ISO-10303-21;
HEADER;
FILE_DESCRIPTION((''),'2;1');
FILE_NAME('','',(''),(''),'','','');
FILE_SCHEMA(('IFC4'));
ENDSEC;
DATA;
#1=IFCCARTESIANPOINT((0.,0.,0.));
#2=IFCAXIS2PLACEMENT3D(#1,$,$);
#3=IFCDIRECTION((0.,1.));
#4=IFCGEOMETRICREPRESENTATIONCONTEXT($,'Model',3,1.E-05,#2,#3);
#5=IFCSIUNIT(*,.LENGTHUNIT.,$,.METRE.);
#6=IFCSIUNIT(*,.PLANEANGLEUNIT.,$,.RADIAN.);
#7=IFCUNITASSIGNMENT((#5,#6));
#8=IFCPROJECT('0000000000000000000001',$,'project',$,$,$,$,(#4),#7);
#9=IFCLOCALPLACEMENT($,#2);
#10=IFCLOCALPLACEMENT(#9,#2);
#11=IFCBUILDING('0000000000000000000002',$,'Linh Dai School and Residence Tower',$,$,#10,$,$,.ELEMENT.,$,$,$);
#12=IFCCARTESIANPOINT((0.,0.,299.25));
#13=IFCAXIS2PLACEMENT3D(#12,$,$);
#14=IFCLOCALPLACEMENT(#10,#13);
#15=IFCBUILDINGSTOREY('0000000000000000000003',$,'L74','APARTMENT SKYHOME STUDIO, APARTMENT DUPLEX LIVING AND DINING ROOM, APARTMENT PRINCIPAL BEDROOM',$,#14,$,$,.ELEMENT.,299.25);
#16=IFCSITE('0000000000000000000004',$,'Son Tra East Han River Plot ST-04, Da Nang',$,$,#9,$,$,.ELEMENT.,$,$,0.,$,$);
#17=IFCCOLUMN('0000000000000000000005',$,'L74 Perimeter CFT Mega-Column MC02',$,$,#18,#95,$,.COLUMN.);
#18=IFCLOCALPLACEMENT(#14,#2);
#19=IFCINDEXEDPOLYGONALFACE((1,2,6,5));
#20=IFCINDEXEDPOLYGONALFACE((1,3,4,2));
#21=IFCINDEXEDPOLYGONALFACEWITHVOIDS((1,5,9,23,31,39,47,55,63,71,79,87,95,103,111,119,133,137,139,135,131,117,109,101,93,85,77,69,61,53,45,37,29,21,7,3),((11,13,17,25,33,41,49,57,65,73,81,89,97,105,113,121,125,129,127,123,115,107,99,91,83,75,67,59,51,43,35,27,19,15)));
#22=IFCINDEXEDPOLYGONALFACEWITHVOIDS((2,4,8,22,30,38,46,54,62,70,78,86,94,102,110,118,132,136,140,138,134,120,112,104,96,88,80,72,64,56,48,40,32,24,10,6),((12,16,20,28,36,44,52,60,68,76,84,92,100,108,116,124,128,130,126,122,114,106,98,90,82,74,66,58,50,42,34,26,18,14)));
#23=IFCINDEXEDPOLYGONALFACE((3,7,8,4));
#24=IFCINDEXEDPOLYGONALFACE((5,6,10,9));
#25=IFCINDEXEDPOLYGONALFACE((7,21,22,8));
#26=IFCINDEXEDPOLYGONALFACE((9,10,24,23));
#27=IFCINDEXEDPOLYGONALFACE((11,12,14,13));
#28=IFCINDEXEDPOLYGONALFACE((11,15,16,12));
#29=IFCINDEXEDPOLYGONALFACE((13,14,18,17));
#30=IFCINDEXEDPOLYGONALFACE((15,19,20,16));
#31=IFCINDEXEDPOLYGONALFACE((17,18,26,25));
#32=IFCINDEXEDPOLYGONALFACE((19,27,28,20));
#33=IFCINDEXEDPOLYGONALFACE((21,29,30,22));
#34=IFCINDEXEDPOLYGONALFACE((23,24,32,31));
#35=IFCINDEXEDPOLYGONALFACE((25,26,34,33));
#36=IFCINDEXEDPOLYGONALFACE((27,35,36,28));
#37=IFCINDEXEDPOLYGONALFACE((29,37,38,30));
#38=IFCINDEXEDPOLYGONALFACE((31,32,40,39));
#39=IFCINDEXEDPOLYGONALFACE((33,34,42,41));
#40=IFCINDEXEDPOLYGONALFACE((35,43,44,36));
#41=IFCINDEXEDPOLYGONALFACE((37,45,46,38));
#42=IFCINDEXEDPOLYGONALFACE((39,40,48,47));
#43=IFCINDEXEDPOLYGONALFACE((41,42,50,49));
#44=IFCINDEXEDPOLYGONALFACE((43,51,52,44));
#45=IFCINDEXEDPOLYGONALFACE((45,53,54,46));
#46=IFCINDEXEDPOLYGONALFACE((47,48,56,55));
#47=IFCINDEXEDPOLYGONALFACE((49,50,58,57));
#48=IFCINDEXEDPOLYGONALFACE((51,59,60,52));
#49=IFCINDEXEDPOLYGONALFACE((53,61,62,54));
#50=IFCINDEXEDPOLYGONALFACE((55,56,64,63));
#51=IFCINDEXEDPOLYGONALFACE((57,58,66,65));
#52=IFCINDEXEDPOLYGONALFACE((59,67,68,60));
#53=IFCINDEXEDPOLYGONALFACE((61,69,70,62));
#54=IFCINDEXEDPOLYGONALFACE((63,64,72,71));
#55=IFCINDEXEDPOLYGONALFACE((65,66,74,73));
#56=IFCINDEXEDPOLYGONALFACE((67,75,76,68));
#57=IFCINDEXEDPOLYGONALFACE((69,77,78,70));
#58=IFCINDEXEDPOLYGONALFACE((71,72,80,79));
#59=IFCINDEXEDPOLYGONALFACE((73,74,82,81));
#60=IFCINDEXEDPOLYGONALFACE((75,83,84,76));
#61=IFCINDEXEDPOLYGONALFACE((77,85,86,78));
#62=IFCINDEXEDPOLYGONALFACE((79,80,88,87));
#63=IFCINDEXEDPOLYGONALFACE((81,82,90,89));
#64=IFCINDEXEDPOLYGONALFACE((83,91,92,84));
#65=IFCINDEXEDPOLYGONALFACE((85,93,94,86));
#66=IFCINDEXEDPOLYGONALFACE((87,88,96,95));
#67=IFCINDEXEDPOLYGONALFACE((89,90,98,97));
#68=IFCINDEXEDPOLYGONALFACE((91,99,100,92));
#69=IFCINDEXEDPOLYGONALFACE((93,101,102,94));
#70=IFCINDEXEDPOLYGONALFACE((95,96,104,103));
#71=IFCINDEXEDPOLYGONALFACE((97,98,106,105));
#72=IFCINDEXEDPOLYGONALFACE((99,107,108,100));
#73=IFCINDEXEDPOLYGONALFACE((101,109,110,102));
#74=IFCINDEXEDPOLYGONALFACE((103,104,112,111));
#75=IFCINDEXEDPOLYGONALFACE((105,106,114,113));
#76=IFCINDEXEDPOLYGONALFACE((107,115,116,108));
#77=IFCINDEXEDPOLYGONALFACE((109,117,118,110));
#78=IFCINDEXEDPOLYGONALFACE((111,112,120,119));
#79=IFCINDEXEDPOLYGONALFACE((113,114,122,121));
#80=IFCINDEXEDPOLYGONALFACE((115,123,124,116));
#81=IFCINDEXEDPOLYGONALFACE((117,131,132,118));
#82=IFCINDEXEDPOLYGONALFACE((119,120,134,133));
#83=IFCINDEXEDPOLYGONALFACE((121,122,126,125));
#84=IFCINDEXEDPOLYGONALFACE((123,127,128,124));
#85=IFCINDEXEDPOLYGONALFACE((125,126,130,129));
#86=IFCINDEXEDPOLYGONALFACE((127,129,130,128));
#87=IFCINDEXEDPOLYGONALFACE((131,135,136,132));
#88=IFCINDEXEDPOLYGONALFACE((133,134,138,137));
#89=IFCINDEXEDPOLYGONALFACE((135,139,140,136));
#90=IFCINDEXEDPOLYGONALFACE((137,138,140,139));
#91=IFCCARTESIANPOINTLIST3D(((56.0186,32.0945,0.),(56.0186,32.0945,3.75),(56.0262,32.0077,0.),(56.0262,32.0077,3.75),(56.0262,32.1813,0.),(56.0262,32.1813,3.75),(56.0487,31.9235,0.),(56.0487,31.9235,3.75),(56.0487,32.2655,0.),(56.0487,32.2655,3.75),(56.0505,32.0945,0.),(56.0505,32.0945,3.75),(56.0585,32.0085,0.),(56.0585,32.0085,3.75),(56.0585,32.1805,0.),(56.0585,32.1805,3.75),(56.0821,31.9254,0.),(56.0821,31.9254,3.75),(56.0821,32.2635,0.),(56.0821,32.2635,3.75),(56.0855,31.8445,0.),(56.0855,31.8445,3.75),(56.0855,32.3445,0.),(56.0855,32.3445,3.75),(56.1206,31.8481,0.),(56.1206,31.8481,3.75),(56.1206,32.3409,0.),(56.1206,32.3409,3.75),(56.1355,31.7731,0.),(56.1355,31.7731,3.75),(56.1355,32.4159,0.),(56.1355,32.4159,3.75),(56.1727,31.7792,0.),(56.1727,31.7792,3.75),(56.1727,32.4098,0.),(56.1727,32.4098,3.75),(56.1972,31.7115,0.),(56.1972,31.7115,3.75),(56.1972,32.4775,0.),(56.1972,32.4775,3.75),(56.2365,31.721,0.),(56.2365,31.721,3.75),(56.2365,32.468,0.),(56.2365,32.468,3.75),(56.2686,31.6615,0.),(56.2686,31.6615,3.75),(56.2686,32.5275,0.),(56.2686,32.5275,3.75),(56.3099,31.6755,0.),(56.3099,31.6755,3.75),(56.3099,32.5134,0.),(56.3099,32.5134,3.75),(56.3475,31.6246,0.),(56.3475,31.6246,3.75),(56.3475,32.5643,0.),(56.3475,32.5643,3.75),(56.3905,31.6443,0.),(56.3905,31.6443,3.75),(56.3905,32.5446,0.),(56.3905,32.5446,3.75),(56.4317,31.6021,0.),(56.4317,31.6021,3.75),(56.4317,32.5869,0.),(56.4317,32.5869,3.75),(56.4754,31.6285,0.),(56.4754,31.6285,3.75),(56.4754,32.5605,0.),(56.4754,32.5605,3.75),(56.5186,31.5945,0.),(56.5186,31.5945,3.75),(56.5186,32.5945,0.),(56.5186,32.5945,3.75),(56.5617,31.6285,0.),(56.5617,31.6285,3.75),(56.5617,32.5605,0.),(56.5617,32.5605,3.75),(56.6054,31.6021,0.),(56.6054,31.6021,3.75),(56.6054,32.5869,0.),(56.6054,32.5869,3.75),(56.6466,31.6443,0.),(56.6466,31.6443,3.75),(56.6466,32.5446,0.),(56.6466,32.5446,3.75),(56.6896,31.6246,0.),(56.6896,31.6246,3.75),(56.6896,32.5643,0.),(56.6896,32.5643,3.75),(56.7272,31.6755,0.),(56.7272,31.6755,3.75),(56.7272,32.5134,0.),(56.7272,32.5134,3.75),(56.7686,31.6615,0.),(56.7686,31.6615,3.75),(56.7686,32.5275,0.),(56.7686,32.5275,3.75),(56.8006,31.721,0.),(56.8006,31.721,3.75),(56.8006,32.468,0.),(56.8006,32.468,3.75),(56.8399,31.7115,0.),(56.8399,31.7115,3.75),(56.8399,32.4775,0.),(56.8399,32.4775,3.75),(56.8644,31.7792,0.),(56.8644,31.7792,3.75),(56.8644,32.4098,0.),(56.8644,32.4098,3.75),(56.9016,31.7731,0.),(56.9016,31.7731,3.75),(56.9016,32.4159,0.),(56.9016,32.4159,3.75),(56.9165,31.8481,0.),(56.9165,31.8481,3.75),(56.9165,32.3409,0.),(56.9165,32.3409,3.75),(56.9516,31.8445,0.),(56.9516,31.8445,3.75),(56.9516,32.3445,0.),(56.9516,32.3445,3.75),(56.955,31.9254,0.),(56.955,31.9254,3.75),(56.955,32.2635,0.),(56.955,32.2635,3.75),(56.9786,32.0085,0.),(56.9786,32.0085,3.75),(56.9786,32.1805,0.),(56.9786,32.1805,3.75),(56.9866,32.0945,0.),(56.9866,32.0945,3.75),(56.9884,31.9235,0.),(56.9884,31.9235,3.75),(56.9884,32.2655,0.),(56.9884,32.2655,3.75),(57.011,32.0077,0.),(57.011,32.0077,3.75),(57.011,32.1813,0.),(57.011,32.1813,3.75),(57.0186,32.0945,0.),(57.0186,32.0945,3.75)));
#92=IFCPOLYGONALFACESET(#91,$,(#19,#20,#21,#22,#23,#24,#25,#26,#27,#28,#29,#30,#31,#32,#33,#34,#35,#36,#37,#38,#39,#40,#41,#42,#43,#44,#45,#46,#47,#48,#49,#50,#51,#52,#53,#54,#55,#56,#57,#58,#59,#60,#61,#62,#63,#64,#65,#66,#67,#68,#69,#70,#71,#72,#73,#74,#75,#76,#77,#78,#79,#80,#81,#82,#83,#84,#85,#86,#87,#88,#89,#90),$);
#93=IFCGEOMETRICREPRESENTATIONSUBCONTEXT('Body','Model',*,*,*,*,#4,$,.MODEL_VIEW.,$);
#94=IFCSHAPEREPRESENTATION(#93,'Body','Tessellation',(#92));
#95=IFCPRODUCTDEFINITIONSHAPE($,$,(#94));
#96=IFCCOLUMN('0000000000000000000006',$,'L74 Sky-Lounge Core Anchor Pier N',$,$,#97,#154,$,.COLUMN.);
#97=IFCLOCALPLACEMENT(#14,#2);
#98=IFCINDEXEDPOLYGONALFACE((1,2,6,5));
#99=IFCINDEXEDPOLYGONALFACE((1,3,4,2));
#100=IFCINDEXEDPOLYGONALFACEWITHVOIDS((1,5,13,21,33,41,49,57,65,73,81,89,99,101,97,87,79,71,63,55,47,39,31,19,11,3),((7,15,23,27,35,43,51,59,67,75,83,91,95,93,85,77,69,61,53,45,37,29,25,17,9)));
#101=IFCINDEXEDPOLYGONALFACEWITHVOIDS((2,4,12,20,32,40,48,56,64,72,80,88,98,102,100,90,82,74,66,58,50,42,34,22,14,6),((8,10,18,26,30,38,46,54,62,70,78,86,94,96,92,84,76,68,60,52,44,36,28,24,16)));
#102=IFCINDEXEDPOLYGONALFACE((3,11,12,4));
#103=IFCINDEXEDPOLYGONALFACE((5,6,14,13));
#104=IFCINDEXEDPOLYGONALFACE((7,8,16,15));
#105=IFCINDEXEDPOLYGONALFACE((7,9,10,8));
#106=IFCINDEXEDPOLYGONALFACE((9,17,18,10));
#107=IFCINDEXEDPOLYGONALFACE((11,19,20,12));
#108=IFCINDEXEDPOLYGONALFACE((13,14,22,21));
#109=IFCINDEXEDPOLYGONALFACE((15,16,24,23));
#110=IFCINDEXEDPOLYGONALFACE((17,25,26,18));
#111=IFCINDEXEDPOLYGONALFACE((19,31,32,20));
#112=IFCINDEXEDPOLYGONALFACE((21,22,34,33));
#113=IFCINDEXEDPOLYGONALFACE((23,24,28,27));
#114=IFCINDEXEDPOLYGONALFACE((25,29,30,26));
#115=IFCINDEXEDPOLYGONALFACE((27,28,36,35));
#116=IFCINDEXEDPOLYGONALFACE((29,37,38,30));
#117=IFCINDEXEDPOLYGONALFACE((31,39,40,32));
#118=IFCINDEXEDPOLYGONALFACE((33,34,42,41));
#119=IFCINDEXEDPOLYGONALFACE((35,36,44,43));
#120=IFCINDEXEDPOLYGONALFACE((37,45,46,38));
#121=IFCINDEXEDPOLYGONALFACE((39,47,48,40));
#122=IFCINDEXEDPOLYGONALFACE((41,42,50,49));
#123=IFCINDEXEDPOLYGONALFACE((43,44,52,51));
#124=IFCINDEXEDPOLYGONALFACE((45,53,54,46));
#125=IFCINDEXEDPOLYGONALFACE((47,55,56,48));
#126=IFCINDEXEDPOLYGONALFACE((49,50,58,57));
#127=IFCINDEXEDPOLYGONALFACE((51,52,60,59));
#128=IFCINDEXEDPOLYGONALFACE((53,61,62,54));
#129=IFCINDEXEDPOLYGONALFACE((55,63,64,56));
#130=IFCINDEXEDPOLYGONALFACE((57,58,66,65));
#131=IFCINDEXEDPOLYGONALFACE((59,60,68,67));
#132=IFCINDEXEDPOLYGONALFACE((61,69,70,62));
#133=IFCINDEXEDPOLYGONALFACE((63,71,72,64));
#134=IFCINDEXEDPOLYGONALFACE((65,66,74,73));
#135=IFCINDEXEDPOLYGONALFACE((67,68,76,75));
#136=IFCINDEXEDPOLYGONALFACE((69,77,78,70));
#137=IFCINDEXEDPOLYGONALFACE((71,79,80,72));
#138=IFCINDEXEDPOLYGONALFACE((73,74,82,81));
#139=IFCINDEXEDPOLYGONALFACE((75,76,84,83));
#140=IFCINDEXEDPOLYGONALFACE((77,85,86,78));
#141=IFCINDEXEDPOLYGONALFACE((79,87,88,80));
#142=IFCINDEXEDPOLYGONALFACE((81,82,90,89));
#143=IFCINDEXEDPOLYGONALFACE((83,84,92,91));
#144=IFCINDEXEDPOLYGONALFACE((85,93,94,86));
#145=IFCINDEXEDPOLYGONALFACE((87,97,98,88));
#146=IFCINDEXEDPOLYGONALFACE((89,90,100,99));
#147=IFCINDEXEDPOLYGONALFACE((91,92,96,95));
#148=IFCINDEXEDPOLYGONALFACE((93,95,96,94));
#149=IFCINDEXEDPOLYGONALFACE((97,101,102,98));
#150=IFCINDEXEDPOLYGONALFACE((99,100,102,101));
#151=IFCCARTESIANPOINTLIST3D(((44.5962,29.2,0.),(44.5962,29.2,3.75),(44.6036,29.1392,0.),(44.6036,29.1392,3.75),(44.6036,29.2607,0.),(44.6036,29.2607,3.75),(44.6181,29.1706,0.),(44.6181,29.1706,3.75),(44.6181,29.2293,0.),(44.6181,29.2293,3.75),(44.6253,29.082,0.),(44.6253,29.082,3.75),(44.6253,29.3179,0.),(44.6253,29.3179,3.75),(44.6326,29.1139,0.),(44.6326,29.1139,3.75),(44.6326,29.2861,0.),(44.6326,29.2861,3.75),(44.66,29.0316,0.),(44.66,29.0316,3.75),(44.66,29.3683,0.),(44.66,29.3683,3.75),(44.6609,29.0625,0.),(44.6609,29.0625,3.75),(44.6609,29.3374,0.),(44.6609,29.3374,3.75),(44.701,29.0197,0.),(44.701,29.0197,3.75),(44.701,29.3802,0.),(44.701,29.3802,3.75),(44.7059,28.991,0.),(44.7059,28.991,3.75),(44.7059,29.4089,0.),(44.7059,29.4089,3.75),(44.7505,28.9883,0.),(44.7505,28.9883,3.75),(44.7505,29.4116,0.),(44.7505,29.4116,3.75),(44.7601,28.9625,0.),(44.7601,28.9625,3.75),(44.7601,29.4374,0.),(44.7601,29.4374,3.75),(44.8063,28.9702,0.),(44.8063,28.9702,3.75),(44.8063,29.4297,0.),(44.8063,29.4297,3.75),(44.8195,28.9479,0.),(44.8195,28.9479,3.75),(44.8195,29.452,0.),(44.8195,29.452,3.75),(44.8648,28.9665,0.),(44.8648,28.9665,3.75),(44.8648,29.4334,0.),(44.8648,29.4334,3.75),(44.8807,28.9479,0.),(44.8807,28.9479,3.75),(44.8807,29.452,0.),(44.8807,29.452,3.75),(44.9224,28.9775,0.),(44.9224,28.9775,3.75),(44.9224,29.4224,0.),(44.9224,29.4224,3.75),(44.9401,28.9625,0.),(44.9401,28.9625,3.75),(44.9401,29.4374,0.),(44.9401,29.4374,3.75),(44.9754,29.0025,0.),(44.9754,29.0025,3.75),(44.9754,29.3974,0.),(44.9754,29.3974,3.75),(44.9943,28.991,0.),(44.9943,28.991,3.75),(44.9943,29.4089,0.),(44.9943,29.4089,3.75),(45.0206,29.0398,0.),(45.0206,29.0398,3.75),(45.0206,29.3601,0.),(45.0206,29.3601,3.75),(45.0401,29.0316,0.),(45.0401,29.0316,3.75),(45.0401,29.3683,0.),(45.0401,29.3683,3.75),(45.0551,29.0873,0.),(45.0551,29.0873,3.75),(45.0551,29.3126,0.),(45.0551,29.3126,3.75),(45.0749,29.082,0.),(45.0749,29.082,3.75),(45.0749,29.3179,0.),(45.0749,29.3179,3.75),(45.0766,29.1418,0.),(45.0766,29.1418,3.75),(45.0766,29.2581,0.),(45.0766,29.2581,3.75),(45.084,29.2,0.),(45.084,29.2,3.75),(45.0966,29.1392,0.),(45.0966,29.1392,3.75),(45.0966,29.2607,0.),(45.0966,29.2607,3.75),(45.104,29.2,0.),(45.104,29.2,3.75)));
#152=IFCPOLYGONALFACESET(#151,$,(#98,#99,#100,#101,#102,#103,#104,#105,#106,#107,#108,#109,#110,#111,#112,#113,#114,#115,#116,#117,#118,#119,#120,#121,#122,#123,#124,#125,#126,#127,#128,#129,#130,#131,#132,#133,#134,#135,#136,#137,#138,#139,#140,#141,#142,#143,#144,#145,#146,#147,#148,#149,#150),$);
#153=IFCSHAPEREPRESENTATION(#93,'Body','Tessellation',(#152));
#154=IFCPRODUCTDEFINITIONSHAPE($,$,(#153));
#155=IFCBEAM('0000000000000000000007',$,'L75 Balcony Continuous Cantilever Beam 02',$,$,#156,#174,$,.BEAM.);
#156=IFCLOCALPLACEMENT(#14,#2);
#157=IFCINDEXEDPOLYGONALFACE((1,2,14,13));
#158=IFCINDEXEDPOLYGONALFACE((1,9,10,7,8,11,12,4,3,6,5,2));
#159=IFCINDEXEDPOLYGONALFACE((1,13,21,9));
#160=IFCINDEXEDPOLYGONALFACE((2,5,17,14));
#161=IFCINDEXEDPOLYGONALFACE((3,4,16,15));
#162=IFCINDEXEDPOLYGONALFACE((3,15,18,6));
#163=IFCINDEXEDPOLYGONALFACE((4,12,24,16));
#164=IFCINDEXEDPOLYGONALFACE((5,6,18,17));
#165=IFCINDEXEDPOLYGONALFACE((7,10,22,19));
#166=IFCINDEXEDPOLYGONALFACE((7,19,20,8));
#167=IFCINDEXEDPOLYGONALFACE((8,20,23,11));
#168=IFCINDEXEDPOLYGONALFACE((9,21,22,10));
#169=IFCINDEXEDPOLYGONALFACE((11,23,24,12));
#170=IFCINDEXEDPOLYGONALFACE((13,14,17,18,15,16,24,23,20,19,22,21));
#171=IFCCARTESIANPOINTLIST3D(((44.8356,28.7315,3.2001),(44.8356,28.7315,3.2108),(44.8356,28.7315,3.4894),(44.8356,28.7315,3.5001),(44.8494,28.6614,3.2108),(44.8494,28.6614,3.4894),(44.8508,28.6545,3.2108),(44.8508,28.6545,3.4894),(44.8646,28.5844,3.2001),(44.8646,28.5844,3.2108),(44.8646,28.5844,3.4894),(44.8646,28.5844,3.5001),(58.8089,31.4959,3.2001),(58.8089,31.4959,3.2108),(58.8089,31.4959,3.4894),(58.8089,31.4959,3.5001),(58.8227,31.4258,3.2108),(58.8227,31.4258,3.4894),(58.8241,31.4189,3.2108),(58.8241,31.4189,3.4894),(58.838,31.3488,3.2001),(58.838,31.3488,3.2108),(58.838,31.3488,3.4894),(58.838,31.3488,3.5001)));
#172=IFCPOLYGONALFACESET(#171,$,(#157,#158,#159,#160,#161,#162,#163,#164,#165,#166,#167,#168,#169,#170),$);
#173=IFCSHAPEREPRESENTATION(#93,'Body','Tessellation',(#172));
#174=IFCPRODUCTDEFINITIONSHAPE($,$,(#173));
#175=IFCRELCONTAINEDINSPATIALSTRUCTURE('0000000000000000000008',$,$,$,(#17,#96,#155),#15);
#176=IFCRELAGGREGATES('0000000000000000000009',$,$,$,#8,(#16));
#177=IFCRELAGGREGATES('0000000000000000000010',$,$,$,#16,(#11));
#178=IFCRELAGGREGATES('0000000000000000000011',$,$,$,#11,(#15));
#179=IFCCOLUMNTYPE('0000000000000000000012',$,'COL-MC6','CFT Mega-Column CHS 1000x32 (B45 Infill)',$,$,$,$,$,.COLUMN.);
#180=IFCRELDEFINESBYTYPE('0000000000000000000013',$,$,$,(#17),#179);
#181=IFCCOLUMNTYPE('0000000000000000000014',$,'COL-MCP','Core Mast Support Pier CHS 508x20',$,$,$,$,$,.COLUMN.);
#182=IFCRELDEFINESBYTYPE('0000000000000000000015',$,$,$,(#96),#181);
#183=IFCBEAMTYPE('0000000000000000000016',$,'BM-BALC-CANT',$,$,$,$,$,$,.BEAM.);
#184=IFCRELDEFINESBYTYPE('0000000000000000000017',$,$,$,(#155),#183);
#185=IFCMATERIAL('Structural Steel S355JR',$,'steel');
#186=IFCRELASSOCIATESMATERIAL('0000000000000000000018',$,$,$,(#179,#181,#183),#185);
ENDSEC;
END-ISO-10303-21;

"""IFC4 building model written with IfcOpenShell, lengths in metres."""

from ifc_helpers import new_model, si_unit, direction, frame, origin, origin_2d, place, context, subcontext, project, spatial, hollow_circle, i_section, extrude, material, material_profile, profile_set, type_object, element, save


model = new_model("IFC4")

# Units and contexts
model_context = context("Model", 3, precision=1e-05, world=origin(), true_north=direction((0.0, 1.0)))
body_context = subcontext(model_context, "Body", "Model", "MODEL_VIEW")
ifc_project = project(units=[si_unit("LENGTHUNIT", "METRE"), si_unit("PLANEANGLEUNIT", "RADIAN")], contexts=[model_context])

# Site, building, storey
site_placement = place(None, origin())
site = spatial("IfcSite", under=ifc_project, at=site_placement, Name="Son Tra East Han River Plot ST-04, Da Nang", CompositionType="ELEMENT", RefElevation=0.0)
building_placement = place(site_placement, origin())
building = spatial("IfcBuilding", under=site, at=building_placement, Name="Linh Dai School and Residence Tower", CompositionType="ELEMENT")
storey_placement = place(building_placement, frame((0.0, 0.0, 299.25)))
storey = spatial("IfcBuildingStorey", under=building, at=storey_placement, Name="L74", Description="APARTMENT SKYHOME STUDIO, APARTMENT DUPLEX LIVING AND DINING ROOM, APARTMENT PRINCIPAL BEDROOM", CompositionType="ELEMENT", Elevation=299.25)

# Columns
ifc_material_1 = material(Name="Structural Steel S355JR", Category="steel")
ifc_material_profile_1 = material_profile(ifc_material_1, hollow_circle(Radius=0.5, WallThickness=0.032, at=origin_2d()), Name="CHS 1000x32")
ifc_profile_set_1 = profile_set([ifc_material_profile_1], Name="Structural Steel S355JR")
column_type_1 = type_object("IfcColumnType", Name="COL-MC6", Description="CFT Mega-Column CHS 1000x32 (B45 Infill)", PredefinedType="COLUMN", material=ifc_profile_set_1)
column_1_placement = place(storey_placement, frame((56.5186, 32.0945, 0.0), z_axis=(0.0, 0.0, 1.0), x_axis=(1.0, 0.0, 0.0)))
element("IfcColumn", 1, at=column_1_placement, inside=storey, type_object=column_type_1, Name="L74 Perimeter CFT Mega-Column MC02", PredefinedType="COLUMN", context=body_context, shape_type="SweptSolid", body=[
    extrude(hollow_circle(Radius=0.5, WallThickness=0.032, at=origin_2d()), origin(), (0.0, 0.0, 1.0), 3.75),
])
ifc_material_profile_2 = material_profile(ifc_material_1, hollow_circle(Radius=0.2539, WallThickness=0.02, at=origin_2d()), Name="CHS 508x20")
ifc_profile_set_2 = profile_set([ifc_material_profile_2], Name="Structural Steel S355JR")
column_type_2 = type_object("IfcColumnType", Name="COL-MCP", Description="Core Mast Support Pier CHS 508x20", PredefinedType="COLUMN", material=ifc_profile_set_2)
column_2_placement = place(storey_placement, frame((44.8501, 29.2, 0.0), z_axis=(0.0, 0.0, 1.0), x_axis=(1.0, 0.0, 0.0)))
element("IfcColumn", 2, at=column_2_placement, inside=storey, type_object=column_type_2, Name="L74 Sky-Lounge Core Anchor Pier N", PredefinedType="COLUMN", context=body_context, shape_type="SweptSolid", body=[
    extrude(hollow_circle(Radius=0.2539, WallThickness=0.02, at=origin_2d()), origin(), (0.0, 0.0, 1.0), 3.75),
])

# Beam
ifc_material_profile_3 = material_profile(ifc_material_1, i_section(OverallWidth=0.1499, OverallDepth=0.3, WebThickness=0.0071, FlangeThickness=0.0107, at=origin_2d()), Name="IPE 300")
ifc_profile_set_3 = profile_set([ifc_material_profile_3], Name="Structural Steel S355JR")
beam_type_1 = type_object("IfcBeamType", Name="BM-BALC-CANT", PredefinedType="BEAM", material=ifc_profile_set_3)
beam_1_placement = place(storey_placement, frame((44.8501, 28.658, 3.3501), z_axis=(0.980987, 0.194072, 0.0), x_axis=(-0.194072, 0.980987, 0.0)))
element("IfcBeam", 3, at=beam_1_placement, inside=storey, type_object=beam_type_1, Name="L75 Balcony Continuous Cantilever Beam 02", PredefinedType="BEAM", context=body_context, shape_type="SweptSolid", body=[
    extrude(i_section(OverallWidth=0.1499, OverallDepth=0.3, WebThickness=0.0071, FlangeThickness=0.0107, at=origin_2d()), origin(), (0.0, 0.0, 1.0), 14.2441),
])

save(model, "model.ifc")
